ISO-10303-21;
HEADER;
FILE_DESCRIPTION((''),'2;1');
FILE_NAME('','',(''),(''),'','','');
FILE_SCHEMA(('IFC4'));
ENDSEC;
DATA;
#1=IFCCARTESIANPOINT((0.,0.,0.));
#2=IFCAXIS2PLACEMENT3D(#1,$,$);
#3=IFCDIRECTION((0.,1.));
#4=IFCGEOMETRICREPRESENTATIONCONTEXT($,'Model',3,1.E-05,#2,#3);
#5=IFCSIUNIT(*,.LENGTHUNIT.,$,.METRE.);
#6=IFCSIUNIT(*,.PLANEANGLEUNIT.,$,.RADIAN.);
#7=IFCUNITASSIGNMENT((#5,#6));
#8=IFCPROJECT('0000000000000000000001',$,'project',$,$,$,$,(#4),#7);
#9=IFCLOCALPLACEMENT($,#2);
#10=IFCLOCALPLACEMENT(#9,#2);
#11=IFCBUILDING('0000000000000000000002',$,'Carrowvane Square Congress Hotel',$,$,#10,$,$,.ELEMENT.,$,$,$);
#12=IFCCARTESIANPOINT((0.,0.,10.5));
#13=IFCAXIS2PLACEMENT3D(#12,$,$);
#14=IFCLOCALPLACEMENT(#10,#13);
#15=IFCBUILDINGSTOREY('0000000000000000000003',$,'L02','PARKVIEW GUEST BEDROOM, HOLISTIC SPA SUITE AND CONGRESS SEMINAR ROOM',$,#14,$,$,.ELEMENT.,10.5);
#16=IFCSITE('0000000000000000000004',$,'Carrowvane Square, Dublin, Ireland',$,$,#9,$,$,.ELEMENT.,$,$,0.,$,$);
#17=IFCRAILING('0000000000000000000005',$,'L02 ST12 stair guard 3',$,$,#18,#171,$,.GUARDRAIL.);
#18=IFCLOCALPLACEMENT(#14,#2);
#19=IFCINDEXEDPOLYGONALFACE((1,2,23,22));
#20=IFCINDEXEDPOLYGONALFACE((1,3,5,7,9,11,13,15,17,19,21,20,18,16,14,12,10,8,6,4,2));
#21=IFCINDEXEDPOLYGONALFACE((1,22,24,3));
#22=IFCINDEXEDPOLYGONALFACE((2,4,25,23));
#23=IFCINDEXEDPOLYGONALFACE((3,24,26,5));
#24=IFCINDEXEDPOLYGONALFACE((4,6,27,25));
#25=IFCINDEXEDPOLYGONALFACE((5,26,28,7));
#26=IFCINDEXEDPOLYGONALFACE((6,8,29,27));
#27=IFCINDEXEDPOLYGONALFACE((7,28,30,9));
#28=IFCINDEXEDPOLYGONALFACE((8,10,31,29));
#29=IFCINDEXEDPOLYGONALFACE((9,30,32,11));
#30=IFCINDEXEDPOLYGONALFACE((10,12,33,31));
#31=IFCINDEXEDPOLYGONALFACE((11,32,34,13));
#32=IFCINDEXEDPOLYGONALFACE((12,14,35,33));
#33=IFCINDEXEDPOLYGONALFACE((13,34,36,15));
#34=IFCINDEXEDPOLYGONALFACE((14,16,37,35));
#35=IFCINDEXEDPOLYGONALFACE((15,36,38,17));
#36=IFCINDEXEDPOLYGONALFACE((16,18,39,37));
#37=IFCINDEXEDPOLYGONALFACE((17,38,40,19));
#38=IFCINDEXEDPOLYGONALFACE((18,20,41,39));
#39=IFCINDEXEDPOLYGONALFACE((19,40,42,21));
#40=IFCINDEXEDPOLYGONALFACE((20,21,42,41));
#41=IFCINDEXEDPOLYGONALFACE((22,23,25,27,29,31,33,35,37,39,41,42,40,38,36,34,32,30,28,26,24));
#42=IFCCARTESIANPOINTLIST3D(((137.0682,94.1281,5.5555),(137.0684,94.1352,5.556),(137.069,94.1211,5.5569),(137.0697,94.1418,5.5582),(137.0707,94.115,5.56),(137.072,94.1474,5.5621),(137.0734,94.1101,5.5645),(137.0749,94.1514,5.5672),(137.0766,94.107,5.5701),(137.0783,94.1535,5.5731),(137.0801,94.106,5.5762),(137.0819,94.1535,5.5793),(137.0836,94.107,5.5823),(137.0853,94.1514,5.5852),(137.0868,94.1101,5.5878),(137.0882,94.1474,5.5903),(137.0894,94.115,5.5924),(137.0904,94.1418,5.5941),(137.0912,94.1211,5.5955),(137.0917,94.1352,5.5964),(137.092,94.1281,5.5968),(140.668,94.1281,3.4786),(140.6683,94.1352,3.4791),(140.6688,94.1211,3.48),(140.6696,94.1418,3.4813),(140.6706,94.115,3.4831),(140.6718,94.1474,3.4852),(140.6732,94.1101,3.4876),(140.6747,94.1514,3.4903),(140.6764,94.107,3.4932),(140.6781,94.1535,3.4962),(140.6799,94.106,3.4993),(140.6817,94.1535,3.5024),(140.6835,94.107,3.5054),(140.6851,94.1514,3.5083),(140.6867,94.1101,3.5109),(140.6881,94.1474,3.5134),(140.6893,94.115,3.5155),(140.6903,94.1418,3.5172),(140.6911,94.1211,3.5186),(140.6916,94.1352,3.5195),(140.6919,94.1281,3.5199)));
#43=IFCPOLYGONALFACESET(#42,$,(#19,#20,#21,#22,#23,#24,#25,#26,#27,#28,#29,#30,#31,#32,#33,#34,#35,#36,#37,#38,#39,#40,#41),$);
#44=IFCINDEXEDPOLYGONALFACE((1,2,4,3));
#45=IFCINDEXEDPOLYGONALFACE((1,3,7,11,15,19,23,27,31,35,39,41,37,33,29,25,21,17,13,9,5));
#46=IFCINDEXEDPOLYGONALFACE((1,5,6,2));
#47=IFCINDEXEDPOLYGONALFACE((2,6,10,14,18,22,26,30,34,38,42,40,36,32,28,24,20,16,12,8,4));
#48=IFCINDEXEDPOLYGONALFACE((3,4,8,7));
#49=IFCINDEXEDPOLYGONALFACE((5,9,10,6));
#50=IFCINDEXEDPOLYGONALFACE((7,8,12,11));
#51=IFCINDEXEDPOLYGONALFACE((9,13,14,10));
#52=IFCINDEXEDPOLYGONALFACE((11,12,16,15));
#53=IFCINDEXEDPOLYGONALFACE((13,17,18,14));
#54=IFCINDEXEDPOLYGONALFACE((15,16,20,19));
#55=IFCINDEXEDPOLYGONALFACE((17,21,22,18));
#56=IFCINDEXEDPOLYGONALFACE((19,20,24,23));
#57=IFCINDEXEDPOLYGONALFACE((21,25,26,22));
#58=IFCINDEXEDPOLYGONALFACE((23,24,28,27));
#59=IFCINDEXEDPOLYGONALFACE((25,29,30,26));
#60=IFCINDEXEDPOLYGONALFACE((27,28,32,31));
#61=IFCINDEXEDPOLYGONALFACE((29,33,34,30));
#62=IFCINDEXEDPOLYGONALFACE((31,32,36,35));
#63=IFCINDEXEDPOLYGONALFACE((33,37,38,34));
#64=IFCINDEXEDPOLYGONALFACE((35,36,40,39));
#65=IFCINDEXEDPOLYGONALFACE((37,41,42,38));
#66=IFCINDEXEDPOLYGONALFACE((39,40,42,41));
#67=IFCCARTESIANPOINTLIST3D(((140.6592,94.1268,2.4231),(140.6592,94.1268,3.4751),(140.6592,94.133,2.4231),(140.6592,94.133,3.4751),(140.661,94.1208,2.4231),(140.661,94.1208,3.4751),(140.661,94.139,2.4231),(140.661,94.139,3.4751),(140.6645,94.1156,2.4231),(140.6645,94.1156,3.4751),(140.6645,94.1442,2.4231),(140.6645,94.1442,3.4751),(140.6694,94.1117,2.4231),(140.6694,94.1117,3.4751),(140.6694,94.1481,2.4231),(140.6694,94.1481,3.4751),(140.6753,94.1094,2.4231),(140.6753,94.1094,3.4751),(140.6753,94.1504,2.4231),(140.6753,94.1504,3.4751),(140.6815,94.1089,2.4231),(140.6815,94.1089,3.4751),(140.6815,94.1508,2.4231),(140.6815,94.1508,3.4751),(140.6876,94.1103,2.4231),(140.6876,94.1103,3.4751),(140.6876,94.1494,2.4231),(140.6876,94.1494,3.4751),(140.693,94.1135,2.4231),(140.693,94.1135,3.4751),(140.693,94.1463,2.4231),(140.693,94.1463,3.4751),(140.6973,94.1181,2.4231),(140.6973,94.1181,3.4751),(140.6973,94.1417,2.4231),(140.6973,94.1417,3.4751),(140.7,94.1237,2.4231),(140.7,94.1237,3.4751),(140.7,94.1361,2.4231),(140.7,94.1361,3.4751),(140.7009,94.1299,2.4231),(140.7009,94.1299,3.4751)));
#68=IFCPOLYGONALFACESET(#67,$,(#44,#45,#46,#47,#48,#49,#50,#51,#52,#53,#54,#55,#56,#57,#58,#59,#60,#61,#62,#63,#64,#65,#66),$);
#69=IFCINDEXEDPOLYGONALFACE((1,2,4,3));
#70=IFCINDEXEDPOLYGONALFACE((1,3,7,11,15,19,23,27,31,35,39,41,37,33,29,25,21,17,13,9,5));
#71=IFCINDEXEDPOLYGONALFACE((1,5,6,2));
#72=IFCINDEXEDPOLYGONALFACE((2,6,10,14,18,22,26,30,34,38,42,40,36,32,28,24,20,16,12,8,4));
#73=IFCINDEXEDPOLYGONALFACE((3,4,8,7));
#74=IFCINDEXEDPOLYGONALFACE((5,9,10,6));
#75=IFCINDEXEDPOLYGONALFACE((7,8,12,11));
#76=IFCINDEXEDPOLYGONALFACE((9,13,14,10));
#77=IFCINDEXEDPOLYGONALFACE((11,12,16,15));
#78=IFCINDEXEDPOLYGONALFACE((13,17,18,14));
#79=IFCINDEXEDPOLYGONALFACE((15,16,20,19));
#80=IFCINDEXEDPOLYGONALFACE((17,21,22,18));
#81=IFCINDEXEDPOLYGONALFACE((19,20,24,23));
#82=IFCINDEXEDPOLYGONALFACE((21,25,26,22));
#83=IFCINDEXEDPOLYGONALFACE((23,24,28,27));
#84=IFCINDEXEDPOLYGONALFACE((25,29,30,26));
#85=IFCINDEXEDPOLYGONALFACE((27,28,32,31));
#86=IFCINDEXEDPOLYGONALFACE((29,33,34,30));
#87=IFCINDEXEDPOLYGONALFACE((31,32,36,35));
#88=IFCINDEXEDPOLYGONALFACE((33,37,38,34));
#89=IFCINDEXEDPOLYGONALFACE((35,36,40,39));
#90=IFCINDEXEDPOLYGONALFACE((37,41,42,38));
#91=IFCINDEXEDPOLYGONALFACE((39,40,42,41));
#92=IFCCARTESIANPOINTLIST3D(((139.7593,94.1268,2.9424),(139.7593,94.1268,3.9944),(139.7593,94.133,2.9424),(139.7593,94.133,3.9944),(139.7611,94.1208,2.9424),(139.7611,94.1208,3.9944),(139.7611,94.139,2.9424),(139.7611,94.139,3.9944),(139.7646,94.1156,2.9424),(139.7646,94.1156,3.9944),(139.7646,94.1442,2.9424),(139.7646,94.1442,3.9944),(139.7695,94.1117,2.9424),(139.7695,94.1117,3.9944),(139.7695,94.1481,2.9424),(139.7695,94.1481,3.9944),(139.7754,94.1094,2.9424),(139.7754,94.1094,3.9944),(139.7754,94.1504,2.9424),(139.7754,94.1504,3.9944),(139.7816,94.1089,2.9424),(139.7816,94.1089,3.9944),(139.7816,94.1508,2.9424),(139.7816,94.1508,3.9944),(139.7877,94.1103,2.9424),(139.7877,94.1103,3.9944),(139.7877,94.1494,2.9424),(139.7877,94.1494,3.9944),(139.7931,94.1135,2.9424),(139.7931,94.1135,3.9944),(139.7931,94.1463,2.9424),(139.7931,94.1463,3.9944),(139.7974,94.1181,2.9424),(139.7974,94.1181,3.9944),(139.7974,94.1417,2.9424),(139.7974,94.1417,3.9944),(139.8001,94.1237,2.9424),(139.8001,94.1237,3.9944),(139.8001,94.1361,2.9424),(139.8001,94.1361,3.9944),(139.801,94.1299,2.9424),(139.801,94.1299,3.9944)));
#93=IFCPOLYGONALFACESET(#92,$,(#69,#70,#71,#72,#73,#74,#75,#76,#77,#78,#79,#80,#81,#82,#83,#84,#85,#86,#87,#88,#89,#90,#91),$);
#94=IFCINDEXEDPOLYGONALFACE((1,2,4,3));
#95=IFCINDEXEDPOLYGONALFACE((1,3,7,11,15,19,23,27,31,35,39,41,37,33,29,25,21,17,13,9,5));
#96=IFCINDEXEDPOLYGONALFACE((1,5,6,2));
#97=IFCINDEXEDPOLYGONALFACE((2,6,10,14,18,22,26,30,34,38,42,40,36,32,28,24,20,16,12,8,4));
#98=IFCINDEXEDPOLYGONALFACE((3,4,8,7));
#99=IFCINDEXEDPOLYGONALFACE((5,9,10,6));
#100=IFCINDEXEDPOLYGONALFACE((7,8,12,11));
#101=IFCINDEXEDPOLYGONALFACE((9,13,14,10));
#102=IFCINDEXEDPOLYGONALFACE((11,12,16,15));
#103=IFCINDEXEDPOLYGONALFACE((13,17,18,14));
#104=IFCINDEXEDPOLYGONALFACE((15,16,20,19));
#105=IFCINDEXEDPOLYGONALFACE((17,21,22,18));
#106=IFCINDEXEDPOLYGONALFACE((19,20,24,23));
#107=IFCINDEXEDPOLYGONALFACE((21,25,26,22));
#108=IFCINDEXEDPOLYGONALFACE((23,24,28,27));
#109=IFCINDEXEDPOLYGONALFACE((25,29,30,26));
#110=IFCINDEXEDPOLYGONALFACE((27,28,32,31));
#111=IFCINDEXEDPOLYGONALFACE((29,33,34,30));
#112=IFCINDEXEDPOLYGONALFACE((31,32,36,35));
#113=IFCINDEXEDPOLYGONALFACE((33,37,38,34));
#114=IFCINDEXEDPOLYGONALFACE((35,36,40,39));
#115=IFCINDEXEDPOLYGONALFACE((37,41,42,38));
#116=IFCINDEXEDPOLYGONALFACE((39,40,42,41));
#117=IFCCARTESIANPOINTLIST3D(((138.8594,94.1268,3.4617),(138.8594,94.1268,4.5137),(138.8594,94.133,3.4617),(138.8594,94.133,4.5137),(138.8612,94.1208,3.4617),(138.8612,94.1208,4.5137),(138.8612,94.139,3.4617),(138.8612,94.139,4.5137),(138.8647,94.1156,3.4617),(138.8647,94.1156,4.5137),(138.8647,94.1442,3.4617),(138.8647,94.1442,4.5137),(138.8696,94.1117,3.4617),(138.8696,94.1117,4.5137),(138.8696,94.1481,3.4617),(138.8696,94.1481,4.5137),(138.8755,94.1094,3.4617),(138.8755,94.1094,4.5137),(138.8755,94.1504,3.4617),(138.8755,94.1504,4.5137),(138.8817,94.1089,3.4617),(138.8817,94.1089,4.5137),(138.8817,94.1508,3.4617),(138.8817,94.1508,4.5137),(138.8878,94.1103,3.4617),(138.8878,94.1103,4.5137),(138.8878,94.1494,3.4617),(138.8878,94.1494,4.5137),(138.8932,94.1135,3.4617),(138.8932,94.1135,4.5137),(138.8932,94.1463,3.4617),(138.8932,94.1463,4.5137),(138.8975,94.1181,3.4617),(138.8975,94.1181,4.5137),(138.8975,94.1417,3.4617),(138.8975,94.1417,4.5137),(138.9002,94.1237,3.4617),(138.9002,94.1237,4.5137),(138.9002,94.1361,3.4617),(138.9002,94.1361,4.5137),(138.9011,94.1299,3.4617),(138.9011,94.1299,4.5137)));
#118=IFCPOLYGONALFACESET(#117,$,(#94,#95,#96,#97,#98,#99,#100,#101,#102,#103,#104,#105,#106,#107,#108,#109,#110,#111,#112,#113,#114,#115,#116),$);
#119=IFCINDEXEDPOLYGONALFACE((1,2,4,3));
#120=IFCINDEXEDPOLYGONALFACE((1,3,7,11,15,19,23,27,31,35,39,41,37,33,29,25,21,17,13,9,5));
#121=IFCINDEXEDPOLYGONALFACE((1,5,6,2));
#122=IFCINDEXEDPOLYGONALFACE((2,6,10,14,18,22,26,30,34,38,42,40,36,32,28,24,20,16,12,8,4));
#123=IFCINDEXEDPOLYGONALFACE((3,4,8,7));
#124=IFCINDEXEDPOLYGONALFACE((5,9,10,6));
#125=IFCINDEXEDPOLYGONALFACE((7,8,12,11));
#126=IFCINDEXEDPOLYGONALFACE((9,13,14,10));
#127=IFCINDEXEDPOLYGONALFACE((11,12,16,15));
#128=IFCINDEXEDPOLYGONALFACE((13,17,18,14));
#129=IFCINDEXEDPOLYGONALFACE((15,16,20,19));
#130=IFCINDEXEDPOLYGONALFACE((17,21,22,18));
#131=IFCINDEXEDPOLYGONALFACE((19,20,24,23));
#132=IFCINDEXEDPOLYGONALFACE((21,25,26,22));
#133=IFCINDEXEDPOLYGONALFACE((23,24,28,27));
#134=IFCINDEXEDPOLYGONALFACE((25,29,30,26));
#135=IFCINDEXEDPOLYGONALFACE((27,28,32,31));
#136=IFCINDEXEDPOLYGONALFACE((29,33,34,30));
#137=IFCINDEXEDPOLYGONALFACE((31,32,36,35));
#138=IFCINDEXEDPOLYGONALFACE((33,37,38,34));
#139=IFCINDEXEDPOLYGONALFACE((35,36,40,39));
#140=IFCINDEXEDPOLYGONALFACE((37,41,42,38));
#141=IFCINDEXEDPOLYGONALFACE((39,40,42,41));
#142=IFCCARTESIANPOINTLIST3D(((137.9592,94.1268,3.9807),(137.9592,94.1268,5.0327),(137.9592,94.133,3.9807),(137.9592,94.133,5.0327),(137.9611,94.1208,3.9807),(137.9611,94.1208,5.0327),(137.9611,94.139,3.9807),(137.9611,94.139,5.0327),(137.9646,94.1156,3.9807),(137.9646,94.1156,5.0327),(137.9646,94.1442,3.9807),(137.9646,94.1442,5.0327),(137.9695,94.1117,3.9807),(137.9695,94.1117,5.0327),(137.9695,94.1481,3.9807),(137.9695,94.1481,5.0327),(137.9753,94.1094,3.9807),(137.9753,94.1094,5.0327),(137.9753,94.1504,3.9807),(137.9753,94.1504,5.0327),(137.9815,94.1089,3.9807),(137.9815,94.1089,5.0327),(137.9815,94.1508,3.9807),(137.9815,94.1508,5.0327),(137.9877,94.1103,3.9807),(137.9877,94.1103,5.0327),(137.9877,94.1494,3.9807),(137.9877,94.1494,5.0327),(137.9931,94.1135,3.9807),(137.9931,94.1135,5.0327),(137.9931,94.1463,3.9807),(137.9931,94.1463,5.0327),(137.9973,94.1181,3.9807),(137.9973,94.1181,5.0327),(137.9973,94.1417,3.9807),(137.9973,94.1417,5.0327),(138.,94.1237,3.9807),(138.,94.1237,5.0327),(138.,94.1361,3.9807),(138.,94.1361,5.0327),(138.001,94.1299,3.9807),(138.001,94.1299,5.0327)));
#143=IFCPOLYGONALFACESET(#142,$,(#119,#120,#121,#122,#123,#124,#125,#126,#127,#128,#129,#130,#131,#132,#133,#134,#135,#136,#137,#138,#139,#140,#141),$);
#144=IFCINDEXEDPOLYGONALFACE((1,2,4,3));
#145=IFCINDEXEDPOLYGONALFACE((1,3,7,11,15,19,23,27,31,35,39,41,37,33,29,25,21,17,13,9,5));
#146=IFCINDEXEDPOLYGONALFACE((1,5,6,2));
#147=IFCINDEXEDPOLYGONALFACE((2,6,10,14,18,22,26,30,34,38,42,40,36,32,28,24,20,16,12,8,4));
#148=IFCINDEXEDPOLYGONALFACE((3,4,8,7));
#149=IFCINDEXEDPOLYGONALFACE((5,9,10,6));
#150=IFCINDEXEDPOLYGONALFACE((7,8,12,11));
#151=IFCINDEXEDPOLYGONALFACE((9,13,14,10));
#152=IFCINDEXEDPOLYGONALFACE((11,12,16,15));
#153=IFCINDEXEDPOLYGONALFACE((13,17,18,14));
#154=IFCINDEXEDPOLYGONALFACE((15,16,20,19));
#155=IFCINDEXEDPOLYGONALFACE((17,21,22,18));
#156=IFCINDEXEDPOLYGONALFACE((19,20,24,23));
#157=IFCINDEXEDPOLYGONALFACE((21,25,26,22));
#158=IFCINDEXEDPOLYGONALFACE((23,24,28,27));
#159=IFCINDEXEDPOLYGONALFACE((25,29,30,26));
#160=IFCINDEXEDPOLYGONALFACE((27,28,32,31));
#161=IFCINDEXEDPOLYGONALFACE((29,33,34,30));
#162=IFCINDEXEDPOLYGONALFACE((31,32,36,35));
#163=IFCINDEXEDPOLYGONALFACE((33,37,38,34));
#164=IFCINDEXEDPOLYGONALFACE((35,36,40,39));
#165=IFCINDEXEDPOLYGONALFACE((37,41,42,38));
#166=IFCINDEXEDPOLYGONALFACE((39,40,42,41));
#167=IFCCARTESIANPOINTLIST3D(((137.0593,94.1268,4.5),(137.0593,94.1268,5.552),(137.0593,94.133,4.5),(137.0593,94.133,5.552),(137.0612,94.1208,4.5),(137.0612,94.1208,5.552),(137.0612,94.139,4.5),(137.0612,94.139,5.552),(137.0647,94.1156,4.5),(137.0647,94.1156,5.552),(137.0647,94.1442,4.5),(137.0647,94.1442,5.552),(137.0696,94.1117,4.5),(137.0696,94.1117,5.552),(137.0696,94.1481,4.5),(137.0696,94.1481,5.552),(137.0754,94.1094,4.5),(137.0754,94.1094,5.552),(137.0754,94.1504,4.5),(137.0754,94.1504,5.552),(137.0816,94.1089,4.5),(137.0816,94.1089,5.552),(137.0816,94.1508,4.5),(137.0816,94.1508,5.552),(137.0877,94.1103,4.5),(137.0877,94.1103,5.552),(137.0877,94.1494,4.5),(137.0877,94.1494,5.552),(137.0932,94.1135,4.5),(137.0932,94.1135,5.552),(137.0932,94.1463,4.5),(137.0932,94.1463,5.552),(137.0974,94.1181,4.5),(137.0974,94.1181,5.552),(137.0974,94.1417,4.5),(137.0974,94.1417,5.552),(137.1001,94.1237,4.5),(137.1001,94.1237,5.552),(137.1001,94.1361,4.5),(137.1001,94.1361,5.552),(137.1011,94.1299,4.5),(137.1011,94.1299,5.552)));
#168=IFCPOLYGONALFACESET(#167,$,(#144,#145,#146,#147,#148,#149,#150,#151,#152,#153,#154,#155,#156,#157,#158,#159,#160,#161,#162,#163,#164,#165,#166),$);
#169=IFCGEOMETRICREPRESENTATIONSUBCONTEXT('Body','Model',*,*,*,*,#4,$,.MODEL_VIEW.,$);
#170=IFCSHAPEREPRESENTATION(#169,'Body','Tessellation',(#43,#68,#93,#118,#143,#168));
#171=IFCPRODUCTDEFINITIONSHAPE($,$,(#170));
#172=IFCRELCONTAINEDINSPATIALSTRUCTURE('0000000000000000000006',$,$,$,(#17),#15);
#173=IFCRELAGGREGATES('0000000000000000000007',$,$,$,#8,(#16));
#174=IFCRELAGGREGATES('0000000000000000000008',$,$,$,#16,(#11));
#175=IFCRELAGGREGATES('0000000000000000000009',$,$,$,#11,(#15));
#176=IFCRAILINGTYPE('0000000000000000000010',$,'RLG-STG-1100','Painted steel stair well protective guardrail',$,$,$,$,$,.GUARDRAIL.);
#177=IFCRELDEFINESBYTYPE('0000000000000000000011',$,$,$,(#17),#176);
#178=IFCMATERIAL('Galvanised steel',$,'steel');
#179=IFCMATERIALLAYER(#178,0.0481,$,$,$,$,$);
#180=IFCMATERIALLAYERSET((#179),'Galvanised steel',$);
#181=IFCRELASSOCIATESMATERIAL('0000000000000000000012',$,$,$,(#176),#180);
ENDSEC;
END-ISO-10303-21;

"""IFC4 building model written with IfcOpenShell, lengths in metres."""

from ifc_helpers import new_model, si_unit, direction, frame, origin, origin_2d, place, context, subcontext, project, spatial, circle, extrude, material, layer, layer_set, type_object, element, save


model = new_model("IFC4")

# Units and contexts
model_context = context("Model", 3, precision=1e-05, world=origin(), true_north=direction((0.0, 1.0)))
body_context = subcontext(model_context, "Body", "Model", "MODEL_VIEW")
ifc_project = project(units=[si_unit("LENGTHUNIT", "METRE"), si_unit("PLANEANGLEUNIT", "RADIAN")], contexts=[model_context])

# Site, building, storey
site_placement = place(None, origin())
site = spatial("IfcSite", under=ifc_project, at=site_placement, Name="Carrowvane Square, Dublin, Ireland", CompositionType="ELEMENT", RefElevation=0.0)
building_placement = place(site_placement, origin())
building = spatial("IfcBuilding", under=site, at=building_placement, Name="Carrowvane Square Congress Hotel", CompositionType="ELEMENT")
storey_placement = place(building_placement, frame((0.0, 0.0, 10.5)))
storey = spatial("IfcBuildingStorey", under=building, at=storey_placement, Name="L02", Description="PARKVIEW GUEST BEDROOM, HOLISTIC SPA SUITE AND CONGRESS SEMINAR ROOM", CompositionType="ELEMENT", Elevation=10.5)

# Railing
ifc_material_1 = material(Name="Galvanised steel", Category="steel")
ifc_layer_1 = layer(ifc_material_1, 0.0481)
ifc_layer_set_1 = layer_set([ifc_layer_1], Name="Galvanised steel")
railing_type_1 = type_object("IfcRailingType", Name="RLG-STG-1100", Description="Painted steel stair well protective guardrail", PredefinedType="GUARDRAIL", material=ifc_layer_set_1)
railing_1_placement = place(storey_placement, frame((140.6799, 94.1299, 2.4231)))
element("IfcRailing", 1, at=railing_1_placement, inside=storey, type_object=railing_type_1, Name="L02 ST12 stair guard 3", PredefinedType="GUARDRAIL", context=body_context, shape_type="SweptSolid", body=[
    extrude(circle(Radius=0.0239, at=origin_2d()), frame((0.0, 0.0, 1.0762), z_axis=(-0.866179, 0.0, 0.499734), x_axis=(0.0, -1.0, 0.0)), (0.0, 0.0, 1.0), 4.156),
    extrude(circle(Radius=0.021, at=origin_2d()), origin(), (0.0, 0.0, 1.0), 1.052),
    extrude(circle(Radius=0.021, at=origin_2d()), frame((-0.8999, 0.0, 0.5193)), (0.0, 0.0, 1.0), 1.052),
    extrude(circle(Radius=0.021, at=origin_2d()), frame((-1.7998, 0.0, 1.0386)), (0.0, 0.0, 1.0), 1.052),
    extrude(circle(Radius=0.021, at=origin_2d()), frame((-2.7, 0.0, 1.5576)), (0.0, 0.0, 1.0), 1.052),
    extrude(circle(Radius=0.021, at=origin_2d()), frame((-3.5999, 0.0, 2.0769)), (0.0, 0.0, 1.0), 1.052),
])

save(model, "model.ifc")
